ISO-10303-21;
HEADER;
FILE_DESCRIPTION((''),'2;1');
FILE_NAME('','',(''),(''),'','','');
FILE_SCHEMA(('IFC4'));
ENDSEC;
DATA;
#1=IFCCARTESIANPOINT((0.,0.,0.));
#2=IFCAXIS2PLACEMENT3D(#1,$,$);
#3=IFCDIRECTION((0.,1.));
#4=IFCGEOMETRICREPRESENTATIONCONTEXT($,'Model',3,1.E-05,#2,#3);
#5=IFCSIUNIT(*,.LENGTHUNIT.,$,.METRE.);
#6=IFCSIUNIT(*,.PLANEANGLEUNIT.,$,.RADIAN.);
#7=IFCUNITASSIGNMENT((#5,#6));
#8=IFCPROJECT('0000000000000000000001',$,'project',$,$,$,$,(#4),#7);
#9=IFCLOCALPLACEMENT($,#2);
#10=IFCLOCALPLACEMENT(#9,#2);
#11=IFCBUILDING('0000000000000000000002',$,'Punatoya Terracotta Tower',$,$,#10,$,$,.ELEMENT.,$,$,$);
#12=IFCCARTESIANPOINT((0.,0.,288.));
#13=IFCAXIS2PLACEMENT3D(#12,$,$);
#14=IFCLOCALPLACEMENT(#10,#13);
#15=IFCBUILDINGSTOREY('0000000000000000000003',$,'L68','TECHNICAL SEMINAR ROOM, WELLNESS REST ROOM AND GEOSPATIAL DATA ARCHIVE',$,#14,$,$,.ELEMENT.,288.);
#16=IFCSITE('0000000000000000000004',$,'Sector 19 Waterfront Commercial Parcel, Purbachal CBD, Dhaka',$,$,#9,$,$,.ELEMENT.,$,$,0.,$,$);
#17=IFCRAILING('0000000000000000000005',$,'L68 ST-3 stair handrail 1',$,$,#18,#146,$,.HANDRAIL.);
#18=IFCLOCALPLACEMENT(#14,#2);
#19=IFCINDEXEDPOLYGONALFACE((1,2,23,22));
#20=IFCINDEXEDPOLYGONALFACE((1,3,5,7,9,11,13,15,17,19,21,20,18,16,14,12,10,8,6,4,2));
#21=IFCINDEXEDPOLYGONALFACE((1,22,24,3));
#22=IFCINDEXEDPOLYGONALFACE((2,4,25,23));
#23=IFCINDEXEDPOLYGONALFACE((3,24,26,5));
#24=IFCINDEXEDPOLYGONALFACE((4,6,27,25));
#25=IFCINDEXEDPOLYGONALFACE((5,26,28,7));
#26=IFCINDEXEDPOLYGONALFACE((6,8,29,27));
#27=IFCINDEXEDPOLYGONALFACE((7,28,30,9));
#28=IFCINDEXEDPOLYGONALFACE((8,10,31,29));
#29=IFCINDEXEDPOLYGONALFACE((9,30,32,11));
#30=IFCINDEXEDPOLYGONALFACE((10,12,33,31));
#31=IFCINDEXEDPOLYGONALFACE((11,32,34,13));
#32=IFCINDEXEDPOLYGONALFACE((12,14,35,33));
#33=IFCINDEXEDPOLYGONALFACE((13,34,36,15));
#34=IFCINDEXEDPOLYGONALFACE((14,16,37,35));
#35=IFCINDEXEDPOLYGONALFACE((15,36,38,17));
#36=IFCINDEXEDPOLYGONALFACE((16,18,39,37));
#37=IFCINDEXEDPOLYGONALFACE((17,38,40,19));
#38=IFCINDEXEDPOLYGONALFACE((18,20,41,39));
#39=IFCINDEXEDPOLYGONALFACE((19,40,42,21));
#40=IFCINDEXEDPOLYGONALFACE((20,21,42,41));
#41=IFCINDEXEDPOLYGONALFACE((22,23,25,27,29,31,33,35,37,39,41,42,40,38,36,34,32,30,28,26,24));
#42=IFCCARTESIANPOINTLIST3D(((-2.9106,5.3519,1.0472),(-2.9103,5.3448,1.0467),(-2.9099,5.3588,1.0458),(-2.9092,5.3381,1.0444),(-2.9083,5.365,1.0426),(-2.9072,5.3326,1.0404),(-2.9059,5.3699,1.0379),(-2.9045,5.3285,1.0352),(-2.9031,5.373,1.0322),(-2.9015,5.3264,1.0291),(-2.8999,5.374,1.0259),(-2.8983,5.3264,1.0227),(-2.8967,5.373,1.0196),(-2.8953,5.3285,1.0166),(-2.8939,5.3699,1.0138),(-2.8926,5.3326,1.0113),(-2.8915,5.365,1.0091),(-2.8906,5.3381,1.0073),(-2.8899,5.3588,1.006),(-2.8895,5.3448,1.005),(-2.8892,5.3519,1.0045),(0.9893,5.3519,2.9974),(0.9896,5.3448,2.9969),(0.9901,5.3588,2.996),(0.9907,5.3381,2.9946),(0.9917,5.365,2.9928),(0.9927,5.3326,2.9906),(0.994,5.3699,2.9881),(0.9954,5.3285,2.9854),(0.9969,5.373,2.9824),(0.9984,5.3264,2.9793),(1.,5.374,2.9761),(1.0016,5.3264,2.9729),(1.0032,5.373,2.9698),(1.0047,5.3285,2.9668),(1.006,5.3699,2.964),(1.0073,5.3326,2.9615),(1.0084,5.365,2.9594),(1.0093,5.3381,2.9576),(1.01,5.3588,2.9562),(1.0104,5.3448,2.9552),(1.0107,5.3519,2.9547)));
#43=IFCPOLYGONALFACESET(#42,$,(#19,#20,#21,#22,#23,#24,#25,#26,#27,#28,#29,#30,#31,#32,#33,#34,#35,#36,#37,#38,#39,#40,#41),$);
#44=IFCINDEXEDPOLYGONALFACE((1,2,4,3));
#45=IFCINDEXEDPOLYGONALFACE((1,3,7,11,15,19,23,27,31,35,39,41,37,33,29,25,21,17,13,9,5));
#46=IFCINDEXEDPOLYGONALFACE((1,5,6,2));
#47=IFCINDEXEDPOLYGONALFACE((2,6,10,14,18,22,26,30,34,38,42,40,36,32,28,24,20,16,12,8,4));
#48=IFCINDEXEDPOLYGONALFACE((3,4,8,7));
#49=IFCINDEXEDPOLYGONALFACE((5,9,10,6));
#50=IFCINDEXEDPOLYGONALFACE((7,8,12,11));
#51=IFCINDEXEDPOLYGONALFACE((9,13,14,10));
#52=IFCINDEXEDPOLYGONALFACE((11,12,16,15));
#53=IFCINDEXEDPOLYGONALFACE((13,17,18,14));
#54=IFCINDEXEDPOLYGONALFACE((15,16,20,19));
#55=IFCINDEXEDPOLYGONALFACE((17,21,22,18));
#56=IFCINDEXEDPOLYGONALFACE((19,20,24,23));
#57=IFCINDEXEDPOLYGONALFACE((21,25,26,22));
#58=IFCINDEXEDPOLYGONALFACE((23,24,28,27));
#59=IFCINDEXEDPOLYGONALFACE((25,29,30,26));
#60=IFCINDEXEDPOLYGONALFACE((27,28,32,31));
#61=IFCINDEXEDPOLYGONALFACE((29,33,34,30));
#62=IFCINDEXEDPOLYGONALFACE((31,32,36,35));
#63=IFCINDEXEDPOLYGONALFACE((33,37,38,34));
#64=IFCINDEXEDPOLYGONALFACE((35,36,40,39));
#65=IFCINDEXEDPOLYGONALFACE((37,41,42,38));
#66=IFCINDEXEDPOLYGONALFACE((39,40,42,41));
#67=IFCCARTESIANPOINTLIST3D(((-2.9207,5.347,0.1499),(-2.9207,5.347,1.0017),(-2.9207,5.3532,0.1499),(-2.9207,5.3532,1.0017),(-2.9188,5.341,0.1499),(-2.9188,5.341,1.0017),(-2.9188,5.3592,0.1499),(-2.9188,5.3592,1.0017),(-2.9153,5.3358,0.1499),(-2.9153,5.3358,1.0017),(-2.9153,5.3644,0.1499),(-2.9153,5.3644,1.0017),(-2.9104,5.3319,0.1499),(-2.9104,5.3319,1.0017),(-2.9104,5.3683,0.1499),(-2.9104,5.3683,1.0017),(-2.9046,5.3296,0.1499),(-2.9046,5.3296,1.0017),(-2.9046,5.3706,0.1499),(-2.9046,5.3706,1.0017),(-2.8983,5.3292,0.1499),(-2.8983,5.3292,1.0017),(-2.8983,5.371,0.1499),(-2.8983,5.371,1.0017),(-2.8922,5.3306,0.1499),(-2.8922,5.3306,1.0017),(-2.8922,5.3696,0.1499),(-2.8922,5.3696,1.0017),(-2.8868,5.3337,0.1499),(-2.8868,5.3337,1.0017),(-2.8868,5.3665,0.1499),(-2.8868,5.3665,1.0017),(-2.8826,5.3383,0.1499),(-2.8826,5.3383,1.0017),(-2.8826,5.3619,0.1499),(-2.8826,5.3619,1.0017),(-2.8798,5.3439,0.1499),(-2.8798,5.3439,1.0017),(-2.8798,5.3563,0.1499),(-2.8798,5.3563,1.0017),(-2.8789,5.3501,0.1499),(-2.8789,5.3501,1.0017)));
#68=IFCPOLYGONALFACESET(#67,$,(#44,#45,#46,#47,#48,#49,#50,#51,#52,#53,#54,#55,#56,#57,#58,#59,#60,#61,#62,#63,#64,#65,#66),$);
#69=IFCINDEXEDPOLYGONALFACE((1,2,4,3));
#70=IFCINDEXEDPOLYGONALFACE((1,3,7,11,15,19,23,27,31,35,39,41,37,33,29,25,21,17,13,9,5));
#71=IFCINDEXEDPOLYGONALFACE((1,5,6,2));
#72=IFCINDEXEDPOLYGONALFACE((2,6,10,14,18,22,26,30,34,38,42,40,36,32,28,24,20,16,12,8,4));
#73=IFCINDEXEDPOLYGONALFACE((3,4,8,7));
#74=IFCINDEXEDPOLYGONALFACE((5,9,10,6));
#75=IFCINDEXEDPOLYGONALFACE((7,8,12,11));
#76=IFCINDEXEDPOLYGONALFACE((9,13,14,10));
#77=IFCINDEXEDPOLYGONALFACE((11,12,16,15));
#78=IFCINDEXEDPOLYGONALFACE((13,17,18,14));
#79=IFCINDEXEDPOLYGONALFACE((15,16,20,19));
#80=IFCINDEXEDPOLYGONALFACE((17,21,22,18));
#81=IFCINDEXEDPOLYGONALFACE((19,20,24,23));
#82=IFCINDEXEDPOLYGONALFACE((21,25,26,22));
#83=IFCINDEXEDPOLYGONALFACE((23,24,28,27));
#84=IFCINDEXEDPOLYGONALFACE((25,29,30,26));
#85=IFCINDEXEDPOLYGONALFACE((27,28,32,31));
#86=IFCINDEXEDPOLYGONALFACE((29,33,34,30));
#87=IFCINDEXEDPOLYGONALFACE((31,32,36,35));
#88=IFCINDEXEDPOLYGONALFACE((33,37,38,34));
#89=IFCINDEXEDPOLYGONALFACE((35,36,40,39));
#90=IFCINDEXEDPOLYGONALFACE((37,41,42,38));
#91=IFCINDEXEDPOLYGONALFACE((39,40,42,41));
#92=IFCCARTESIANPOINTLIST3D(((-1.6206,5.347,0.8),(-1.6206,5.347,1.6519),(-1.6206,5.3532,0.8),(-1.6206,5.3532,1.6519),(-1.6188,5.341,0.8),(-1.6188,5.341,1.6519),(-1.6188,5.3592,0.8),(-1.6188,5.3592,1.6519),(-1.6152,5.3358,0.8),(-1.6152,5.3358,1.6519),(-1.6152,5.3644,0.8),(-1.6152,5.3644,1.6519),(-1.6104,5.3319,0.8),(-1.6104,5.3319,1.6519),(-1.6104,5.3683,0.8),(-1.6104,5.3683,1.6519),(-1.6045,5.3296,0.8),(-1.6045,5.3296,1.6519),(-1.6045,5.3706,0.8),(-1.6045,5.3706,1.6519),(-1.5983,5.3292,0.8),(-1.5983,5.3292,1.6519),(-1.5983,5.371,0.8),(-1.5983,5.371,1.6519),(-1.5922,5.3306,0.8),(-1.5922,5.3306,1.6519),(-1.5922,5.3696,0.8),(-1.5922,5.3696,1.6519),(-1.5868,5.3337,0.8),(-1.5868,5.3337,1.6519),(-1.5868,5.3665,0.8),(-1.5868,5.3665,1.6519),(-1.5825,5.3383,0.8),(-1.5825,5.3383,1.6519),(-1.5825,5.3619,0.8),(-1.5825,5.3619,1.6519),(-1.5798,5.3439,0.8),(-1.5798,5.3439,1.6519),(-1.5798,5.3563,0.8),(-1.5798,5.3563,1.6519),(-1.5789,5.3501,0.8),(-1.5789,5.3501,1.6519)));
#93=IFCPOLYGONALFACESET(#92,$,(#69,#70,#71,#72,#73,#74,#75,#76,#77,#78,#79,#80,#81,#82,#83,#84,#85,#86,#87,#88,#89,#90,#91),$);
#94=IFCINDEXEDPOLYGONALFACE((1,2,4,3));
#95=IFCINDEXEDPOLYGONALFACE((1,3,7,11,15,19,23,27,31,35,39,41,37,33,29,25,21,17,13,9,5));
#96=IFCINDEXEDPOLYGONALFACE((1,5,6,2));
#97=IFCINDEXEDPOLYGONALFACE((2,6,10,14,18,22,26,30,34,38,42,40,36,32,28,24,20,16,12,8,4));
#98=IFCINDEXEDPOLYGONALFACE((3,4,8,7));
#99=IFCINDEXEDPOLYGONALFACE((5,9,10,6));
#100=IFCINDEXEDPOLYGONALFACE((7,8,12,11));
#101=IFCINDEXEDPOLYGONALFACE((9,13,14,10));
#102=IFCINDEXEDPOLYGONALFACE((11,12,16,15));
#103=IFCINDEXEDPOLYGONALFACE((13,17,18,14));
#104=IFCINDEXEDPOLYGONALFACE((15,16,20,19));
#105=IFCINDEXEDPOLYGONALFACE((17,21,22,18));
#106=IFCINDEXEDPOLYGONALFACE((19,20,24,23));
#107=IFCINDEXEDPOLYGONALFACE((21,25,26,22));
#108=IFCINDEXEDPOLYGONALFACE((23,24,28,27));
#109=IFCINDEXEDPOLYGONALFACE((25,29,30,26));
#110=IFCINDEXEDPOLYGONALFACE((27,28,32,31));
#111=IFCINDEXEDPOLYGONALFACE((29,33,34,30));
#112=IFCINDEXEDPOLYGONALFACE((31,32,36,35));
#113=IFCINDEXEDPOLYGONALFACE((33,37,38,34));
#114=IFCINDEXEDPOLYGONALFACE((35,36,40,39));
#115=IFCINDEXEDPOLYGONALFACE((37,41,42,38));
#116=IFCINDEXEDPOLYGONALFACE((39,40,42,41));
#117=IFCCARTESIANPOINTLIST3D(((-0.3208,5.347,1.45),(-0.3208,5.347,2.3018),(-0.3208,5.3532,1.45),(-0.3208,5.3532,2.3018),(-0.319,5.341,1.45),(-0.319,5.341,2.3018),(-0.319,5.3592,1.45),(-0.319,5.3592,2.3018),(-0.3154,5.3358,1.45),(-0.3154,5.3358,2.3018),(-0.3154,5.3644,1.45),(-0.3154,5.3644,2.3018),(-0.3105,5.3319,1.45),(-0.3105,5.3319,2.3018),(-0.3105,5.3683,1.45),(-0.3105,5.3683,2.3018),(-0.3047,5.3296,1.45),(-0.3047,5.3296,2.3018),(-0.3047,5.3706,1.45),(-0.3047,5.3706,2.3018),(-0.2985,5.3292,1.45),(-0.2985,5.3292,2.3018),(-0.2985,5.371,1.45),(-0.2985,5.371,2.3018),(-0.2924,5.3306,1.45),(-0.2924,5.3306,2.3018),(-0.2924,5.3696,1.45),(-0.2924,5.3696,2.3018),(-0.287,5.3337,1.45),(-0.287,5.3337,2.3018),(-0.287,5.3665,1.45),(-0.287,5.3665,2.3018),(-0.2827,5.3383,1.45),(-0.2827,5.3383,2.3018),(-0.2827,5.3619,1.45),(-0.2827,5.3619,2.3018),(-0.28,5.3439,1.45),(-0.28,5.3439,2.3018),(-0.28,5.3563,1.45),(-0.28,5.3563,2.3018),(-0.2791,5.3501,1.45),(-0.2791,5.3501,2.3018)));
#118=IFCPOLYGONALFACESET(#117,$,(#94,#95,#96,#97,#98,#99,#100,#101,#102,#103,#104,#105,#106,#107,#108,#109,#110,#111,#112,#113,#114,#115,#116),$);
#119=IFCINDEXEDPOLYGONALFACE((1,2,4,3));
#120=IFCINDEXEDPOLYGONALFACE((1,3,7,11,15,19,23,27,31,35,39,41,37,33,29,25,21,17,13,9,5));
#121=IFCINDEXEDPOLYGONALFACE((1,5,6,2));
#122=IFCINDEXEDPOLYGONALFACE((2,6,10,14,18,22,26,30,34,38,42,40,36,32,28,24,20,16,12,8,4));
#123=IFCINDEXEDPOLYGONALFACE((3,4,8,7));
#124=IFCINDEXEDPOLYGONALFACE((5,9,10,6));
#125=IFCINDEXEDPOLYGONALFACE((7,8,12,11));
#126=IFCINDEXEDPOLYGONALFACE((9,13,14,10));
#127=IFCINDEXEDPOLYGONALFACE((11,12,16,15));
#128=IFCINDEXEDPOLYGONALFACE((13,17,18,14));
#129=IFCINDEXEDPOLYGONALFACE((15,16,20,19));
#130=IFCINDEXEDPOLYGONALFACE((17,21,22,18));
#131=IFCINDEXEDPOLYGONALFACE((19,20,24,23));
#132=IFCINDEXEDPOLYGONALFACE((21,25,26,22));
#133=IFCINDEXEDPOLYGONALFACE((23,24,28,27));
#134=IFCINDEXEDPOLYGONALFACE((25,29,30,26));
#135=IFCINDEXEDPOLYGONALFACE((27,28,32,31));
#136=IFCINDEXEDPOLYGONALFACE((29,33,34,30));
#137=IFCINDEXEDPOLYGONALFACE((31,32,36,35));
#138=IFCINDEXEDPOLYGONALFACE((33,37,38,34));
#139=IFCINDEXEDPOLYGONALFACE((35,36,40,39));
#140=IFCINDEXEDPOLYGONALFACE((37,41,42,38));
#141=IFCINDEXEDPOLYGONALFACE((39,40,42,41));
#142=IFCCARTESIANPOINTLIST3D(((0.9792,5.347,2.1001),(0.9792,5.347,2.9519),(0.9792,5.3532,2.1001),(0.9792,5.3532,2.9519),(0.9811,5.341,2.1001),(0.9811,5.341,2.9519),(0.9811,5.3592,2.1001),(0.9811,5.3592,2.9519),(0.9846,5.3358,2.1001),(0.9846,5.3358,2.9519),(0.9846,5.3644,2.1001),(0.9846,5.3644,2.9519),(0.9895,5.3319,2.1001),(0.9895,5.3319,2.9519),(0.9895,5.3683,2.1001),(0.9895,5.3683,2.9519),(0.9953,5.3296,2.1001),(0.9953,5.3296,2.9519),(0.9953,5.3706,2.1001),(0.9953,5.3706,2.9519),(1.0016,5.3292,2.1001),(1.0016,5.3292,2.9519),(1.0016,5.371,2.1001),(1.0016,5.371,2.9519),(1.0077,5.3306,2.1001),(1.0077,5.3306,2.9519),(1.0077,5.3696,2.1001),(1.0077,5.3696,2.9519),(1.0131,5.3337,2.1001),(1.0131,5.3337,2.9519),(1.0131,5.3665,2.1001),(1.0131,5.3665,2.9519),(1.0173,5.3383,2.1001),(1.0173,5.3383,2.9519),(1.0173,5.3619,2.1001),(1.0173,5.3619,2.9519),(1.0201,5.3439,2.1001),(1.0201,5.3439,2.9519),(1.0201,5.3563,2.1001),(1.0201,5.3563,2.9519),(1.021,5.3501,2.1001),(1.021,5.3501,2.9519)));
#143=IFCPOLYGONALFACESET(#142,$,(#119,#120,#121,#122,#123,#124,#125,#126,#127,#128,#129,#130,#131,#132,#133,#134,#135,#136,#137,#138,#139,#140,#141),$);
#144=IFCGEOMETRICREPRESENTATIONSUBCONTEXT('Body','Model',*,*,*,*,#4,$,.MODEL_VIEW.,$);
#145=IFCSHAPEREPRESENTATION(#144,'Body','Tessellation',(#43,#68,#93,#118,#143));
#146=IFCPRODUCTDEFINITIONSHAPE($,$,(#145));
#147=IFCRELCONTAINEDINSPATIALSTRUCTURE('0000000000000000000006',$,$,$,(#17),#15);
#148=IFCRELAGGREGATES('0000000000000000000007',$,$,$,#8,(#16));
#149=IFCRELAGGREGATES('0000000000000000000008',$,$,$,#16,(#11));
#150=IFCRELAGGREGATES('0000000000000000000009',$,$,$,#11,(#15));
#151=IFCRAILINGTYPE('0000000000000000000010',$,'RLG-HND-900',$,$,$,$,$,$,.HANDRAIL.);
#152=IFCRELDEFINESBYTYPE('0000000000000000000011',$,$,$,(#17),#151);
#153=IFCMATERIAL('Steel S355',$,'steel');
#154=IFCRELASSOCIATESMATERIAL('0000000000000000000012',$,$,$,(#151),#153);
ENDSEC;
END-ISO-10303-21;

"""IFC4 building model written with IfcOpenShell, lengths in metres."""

from ifc_helpers import new_model, si_unit, direction, frame, origin, origin_2d, place, context, subcontext, project, spatial, circle, extrude, material, type_object, element, save


model = new_model("IFC4")

# Units and contexts
model_context = context("Model", 3, precision=1e-05, world=origin(), true_north=direction((0.0, 1.0)))
body_context = subcontext(model_context, "Body", "Model", "MODEL_VIEW")
ifc_project = project(units=[si_unit("LENGTHUNIT", "METRE"), si_unit("PLANEANGLEUNIT", "RADIAN")], contexts=[model_context])

# Site, building, storey
site_placement = place(None, origin())
site = spatial("IfcSite", under=ifc_project, at=site_placement, Name="Sector 19 Waterfront Commercial Parcel, Purbachal CBD, Dhaka", CompositionType="ELEMENT", RefElevation=0.0)
building_placement = place(site_placement, origin())
building = spatial("IfcBuilding", under=site, at=building_placement, Name="Punatoya Terracotta Tower", CompositionType="ELEMENT")
storey_placement = place(building_placement, frame((0.0, 0.0, 288.0)))
storey = spatial("IfcBuildingStorey", under=building, at=storey_placement, Name="L68", Description="TECHNICAL SEMINAR ROOM, WELLNESS REST ROOM AND GEOSPATIAL DATA ARCHIVE", CompositionType="ELEMENT", Elevation=288.0)

# Shared definitions
ifc_material_1 = material(Name="Steel S355", Category="steel")

# Railing
railing_type_1 = type_object("IfcRailingType", Name="RLG-HND-900", PredefinedType="HANDRAIL", material=ifc_material_1)
railing_1_placement = place(storey_placement, frame((-2.8999, 5.3501, 0.1499)))
element("IfcRailing", 1, at=railing_1_placement, inside=storey, type_object=railing_type_1, Name="L68 ST-3 stair handrail 1", PredefinedType="HANDRAIL", context=body_context, shape_type="SweptSolid", body=[
    extrude(circle(Radius=0.0239, at=origin_2d()), frame((0.0, 0.0, 0.876), z_axis=(0.894405, 0.0, 0.447258), x_axis=(0.0, 1.0, 0.0)), (0.0, 0.0, 1.0), 4.3604),
    extrude(circle(Radius=0.021, at=origin_2d()), origin(), (0.0, 0.0, 1.0), 0.8518),
    extrude(circle(Radius=0.021, at=origin_2d()), frame((1.3, 0.0, 0.6501)), (0.0, 0.0, 1.0), 0.8518),
    extrude(circle(Radius=0.021, at=origin_2d()), frame((2.5999, 0.0, 1.3)), (0.0, 0.0, 1.0), 0.8518),
    extrude(circle(Radius=0.021, at=origin_2d()), frame((3.8999, 0.0, 1.9502)), (0.0, 0.0, 1.0), 0.8518),
])

save(model, "model.ifc")
